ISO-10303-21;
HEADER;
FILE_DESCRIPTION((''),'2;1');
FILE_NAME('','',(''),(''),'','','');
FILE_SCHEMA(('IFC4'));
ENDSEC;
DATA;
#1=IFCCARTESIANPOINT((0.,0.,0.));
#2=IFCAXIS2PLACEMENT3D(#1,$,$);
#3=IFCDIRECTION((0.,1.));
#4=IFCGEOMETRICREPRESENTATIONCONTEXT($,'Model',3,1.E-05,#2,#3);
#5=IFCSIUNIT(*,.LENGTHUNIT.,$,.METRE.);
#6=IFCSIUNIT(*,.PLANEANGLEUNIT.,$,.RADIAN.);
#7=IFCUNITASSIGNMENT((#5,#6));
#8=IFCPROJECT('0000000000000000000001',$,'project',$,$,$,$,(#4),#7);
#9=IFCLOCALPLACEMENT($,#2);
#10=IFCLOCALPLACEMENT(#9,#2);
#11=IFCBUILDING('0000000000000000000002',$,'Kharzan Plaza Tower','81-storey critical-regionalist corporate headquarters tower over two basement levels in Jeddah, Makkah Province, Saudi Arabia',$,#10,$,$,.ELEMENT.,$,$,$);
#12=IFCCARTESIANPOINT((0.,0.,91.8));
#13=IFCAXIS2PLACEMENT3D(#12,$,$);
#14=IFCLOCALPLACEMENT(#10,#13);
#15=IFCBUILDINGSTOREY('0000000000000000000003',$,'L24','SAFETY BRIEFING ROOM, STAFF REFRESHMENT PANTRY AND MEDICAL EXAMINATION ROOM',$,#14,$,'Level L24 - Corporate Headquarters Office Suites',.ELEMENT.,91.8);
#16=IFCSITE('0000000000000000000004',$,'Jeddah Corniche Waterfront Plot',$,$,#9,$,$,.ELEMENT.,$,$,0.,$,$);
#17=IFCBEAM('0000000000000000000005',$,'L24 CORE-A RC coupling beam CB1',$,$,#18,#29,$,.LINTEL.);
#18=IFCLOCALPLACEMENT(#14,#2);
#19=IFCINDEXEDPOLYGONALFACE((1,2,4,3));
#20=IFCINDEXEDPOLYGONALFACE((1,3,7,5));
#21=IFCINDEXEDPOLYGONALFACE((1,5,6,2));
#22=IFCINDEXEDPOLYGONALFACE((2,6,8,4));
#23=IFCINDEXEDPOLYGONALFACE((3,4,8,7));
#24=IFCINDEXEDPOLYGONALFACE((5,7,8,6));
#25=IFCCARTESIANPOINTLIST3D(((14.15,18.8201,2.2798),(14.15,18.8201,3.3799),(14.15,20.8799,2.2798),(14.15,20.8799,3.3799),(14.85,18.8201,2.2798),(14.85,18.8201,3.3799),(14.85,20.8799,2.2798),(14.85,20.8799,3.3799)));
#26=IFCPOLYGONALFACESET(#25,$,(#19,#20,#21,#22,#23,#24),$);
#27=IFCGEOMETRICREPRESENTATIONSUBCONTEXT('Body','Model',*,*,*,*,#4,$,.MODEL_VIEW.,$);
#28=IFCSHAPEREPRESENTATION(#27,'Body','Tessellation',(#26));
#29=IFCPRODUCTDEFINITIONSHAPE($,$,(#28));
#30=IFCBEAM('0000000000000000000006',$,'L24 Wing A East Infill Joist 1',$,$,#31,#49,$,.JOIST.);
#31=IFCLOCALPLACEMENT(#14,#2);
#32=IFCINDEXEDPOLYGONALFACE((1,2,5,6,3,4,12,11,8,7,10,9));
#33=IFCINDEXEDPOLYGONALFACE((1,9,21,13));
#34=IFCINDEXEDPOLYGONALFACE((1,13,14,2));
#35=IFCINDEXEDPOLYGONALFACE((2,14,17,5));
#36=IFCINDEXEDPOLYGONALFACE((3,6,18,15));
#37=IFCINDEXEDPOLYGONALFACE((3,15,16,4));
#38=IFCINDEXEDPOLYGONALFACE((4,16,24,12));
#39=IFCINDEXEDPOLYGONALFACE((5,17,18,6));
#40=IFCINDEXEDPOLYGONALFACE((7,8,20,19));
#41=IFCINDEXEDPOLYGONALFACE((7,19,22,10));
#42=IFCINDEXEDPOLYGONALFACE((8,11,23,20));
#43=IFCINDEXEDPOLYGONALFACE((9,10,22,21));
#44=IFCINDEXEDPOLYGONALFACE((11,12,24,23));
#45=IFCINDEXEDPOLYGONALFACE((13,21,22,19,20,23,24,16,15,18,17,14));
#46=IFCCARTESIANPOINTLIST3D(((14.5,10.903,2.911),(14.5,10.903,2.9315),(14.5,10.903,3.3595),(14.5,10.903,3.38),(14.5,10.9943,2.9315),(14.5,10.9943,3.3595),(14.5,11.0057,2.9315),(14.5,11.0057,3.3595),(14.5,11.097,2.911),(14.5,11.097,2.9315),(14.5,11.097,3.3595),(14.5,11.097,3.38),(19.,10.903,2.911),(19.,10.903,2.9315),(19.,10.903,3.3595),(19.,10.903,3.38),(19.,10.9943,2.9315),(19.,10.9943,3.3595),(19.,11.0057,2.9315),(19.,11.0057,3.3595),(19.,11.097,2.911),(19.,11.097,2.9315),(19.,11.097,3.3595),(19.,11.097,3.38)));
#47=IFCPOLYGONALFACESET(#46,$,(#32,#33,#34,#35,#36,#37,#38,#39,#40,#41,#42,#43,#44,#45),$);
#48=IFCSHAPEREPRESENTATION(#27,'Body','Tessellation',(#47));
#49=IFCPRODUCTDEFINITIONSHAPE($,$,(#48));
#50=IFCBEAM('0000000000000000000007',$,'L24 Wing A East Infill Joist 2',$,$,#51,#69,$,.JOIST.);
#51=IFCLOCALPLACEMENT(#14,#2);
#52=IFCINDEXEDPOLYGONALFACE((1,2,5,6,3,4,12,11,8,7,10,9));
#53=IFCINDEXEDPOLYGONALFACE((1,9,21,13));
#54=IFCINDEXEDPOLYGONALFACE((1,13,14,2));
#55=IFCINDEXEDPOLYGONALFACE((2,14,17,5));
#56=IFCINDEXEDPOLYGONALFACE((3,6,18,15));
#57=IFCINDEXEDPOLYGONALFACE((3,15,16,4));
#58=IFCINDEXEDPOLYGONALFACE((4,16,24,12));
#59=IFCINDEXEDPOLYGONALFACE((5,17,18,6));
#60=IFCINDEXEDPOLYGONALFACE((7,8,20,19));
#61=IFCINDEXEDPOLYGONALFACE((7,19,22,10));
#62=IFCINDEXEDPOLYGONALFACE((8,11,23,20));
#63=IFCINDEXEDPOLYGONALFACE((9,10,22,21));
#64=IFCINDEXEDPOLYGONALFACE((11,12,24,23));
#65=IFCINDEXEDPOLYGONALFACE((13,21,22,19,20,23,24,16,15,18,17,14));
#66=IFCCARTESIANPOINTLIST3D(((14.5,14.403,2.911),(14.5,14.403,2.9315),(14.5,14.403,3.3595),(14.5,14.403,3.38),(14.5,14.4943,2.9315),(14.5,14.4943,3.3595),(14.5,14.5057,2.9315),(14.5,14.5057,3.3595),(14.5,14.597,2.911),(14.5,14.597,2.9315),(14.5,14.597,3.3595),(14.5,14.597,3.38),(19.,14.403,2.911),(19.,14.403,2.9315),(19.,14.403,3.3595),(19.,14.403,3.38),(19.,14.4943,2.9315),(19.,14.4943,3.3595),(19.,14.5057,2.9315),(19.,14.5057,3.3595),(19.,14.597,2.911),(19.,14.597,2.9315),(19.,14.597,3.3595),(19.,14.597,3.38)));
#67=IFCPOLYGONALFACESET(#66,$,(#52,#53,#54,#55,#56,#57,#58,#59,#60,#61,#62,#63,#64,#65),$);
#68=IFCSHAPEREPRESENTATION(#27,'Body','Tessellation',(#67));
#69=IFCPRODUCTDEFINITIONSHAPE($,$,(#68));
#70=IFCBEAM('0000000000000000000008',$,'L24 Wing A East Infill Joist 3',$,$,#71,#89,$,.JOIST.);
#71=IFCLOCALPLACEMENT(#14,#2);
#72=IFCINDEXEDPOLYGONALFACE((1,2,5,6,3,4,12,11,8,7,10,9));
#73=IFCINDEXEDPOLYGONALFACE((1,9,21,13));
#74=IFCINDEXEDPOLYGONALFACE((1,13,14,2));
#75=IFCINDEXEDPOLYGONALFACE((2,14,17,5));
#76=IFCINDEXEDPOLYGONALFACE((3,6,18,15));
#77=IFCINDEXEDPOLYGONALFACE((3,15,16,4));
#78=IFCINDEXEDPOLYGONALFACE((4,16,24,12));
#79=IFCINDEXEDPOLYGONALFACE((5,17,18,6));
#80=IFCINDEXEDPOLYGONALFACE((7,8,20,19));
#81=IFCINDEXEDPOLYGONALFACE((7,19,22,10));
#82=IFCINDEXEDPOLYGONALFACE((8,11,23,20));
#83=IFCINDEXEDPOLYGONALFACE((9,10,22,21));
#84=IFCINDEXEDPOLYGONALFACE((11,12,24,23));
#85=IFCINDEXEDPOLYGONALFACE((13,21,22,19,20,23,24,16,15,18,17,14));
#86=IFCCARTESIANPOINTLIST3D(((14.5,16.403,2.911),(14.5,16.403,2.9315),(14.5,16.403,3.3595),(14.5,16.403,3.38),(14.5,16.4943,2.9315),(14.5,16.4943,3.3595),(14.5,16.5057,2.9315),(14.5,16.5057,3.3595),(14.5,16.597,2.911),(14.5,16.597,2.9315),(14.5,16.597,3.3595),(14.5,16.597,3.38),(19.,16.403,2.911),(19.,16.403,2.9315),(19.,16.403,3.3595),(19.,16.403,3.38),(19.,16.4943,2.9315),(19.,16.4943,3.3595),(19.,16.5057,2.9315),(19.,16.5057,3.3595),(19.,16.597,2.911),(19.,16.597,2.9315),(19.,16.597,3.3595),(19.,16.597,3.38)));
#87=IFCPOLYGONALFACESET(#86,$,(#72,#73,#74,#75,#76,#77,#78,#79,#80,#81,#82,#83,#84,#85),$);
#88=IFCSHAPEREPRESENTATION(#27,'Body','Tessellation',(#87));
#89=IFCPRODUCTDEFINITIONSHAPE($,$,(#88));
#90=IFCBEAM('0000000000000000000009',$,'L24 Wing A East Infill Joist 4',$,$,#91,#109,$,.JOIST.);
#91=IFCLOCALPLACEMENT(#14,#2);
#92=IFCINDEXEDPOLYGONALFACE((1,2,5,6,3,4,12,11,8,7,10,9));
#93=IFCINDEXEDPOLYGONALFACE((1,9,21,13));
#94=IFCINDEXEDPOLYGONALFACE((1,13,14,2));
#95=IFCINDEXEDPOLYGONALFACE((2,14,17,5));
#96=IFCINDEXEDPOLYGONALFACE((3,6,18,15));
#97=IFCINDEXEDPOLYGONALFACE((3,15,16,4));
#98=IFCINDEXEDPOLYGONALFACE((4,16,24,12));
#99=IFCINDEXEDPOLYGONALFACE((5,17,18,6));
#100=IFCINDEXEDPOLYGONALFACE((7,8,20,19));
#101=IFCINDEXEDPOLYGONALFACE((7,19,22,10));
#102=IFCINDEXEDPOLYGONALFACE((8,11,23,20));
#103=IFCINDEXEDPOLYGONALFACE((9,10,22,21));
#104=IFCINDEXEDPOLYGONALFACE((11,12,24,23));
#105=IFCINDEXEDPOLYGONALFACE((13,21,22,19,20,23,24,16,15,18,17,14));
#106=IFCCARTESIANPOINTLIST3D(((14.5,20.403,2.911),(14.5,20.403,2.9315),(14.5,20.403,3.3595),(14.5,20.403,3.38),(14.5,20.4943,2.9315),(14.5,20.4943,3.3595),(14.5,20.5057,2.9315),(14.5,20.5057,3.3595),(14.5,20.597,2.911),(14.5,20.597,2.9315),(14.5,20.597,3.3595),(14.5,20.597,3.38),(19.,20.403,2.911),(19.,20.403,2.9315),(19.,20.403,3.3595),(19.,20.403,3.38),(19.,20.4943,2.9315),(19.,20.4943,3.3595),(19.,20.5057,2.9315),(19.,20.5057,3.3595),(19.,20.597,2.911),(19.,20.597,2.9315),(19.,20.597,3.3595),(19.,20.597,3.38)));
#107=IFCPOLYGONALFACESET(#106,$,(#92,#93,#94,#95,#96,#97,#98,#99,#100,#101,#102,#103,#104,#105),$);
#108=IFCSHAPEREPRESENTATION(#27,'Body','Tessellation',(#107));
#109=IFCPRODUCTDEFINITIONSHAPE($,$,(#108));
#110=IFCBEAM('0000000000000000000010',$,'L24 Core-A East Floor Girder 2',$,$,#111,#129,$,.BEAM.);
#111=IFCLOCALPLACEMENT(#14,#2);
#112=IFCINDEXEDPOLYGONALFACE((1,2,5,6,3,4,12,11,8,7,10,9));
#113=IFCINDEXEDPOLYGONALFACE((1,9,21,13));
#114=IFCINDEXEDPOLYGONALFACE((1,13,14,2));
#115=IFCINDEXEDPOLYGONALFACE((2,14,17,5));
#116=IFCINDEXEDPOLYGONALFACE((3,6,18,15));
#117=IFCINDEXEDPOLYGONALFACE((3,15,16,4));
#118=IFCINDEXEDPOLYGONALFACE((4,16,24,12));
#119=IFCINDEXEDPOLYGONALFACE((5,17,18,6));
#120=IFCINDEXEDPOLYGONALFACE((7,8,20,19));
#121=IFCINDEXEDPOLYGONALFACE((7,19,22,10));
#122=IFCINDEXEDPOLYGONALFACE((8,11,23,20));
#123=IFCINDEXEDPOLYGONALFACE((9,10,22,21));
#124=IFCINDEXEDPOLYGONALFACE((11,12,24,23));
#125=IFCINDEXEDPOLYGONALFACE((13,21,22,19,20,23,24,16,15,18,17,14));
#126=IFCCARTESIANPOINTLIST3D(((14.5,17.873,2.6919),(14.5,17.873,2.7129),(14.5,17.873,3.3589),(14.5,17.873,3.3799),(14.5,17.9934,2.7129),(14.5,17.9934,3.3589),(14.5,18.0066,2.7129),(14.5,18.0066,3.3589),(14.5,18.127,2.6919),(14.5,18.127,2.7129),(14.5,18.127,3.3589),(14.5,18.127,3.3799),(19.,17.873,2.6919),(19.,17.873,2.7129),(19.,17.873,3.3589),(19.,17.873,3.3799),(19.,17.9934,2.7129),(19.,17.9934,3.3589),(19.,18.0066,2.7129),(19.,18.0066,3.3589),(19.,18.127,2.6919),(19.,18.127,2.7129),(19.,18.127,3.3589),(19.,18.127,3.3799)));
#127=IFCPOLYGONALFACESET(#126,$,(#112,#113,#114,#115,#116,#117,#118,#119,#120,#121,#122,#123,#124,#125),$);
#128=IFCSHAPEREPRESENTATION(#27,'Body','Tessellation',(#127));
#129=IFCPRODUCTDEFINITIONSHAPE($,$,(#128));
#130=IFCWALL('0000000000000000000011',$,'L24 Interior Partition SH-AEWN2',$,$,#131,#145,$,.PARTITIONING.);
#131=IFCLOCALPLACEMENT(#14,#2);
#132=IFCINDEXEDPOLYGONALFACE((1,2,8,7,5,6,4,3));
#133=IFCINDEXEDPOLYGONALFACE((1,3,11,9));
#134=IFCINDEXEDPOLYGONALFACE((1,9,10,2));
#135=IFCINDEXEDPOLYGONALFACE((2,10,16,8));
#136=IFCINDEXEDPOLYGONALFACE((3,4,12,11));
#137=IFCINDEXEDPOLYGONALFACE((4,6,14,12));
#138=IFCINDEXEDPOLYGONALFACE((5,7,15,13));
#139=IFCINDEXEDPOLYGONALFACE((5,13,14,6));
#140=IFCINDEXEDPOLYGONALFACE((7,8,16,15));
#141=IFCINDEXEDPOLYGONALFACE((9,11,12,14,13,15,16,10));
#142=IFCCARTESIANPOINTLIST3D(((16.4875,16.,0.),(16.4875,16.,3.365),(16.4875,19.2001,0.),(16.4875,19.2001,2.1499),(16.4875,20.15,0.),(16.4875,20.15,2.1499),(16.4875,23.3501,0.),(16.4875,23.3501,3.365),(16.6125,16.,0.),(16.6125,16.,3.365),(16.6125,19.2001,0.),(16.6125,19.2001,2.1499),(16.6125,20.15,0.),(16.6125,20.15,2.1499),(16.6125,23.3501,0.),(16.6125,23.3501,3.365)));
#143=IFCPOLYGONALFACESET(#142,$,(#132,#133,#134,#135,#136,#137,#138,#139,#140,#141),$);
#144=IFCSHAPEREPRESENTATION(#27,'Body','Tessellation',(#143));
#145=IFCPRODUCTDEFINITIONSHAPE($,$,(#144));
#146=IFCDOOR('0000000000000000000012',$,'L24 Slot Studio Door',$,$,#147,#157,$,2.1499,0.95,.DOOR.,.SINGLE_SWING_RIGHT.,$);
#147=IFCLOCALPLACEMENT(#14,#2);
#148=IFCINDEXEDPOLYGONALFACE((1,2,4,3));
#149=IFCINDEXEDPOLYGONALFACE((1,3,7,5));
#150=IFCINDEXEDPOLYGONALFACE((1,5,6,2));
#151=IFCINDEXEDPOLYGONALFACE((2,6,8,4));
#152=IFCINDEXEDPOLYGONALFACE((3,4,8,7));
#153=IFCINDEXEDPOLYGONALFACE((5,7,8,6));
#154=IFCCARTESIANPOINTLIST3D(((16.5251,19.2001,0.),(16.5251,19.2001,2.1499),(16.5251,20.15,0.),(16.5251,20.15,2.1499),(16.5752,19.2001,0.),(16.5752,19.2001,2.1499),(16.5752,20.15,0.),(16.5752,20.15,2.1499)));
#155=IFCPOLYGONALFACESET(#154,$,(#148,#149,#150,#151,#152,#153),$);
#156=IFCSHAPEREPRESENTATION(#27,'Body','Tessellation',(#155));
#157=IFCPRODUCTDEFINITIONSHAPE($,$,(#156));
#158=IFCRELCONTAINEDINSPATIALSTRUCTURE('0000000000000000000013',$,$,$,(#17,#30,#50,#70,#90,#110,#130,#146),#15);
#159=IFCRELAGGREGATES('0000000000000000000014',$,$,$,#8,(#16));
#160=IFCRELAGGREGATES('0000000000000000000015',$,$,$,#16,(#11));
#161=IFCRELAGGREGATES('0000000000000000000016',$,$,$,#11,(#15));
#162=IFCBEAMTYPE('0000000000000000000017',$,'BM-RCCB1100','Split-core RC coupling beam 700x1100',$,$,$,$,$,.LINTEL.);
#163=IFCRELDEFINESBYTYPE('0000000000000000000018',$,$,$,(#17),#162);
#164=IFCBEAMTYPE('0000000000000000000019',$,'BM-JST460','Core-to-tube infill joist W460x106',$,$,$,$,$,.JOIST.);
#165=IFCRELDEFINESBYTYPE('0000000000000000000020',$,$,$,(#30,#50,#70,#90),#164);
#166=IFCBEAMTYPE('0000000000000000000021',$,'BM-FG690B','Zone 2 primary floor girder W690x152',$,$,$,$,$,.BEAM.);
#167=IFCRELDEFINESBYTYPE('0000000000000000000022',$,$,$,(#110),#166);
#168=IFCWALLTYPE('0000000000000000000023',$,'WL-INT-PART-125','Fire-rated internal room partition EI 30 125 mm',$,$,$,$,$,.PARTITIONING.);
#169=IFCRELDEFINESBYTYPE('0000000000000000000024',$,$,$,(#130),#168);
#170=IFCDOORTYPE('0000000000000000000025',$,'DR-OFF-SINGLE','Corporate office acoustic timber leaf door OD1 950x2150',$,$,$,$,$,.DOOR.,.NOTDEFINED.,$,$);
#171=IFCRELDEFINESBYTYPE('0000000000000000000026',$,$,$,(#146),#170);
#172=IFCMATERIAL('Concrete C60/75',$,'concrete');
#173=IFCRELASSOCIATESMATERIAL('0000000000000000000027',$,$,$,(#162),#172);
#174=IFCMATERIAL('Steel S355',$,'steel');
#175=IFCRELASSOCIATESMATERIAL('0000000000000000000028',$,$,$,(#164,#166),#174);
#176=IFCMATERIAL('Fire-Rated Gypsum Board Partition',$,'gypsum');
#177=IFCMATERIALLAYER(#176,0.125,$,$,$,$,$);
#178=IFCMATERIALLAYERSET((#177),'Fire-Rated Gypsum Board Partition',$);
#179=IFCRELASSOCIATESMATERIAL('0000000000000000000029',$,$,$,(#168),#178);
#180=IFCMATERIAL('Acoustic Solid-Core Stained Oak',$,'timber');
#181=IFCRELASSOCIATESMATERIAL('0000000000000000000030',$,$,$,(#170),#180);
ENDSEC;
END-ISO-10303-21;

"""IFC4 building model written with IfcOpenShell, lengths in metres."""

from ifc_helpers import new_model, si_unit, direction, frame, frame_2d, origin, origin_2d, place, context, subcontext, project, spatial, rectangle, i_section, extrude, source, transform, mapped, material, layer, layer_set, material_profile, profile_set, type_object, element, fill, save


model = new_model("IFC4")

# Units and contexts
model_context = context("Model", 3, precision=1e-05, world=origin(), true_north=direction((0.0, 1.0)))
body_context = subcontext(model_context, "Body", "Model", "MODEL_VIEW")
ifc_project = project(units=[si_unit("LENGTHUNIT", "METRE"), si_unit("PLANEANGLEUNIT", "RADIAN")], contexts=[model_context])

# Site, building, storey
site_placement = place(None, origin())
site = spatial("IfcSite", under=ifc_project, at=site_placement, Name="Jeddah Corniche Waterfront Plot", CompositionType="ELEMENT", RefElevation=0.0)
building_placement = place(site_placement, origin())
building = spatial("IfcBuilding", under=site, at=building_placement, Name="Kharzan Plaza Tower", Description="81-storey critical-regionalist corporate headquarters tower over two basement levels in Jeddah, Makkah Province, Saudi Arabia", CompositionType="ELEMENT")
storey_placement = place(building_placement, frame((0.0, 0.0, 91.8)))
storey = spatial("IfcBuildingStorey", under=building, at=storey_placement, Name="L24", Description="SAFETY BRIEFING ROOM, STAFF REFRESHMENT PANTRY AND MEDICAL EXAMINATION ROOM", LongName="Level L24 - Corporate Headquarters Office Suites", CompositionType="ELEMENT", Elevation=91.8)

# Beams
ifc_material_1 = material(Name="Concrete C60/75", Category="concrete")
ifc_material_profile_1 = material_profile(ifc_material_1, rectangle(XDim=0.7, YDim=1.1001, at=origin_2d()), Name="RC-CB1100x700")
ifc_profile_set_1 = profile_set([ifc_material_profile_1], Name="Concrete C60/75")
beam_type_1 = type_object("IfcBeamType", Name="BM-RCCB1100", Description="Split-core RC coupling beam 700x1100", PredefinedType="LINTEL", material=ifc_profile_set_1)
shared_shape_1 = source(origin(), body_context, "Body", "SweptSolid", [
    extrude(rectangle(XDim=0.7, YDim=1.1001, at=origin_2d()), origin(), (0.0, 0.0, 1.0), 2.0598),
])
beam_1_placement = place(storey_placement, frame((14.5, 18.8201, 2.8298), z_axis=(0.0, 1.0, 0.0), x_axis=(-1.0, 0.0, 0.0)))
element("IfcBeam", 1, at=beam_1_placement, inside=storey, type_object=beam_type_1, Name="L24 CORE-A RC coupling beam CB1", PredefinedType="LINTEL", context=body_context, shape_type="MappedRepresentation", body=[
    mapped(shared_shape_1, transform((0.0, 0.0, 0.0), x_axis=(1.0, 0.0, 0.0), y_axis=(0.0, 1.0, 0.0), z_axis=(0.0, 0.0, 1.0))),
])
ifc_material_2 = material(Name="Steel S355", Category="steel")
ifc_material_profile_2 = material_profile(ifc_material_2, i_section(OverallWidth=0.1941, OverallDepth=0.469, WebThickness=0.0115, FlangeThickness=0.0205, at=origin_2d()), Name="W460x106")
ifc_profile_set_2 = profile_set([ifc_material_profile_2], Name="Steel S355")
beam_type_2 = type_object("IfcBeamType", Name="BM-JST460", Description="Core-to-tube infill joist W460x106", PredefinedType="JOIST", material=ifc_profile_set_2)
shared_shape_2 = source(origin(), body_context, "Body", "SweptSolid", [
    extrude(i_section(OverallWidth=0.1941, OverallDepth=0.469, WebThickness=0.0115, FlangeThickness=0.0205, at=origin_2d()), origin(), (0.0, 0.0, 1.0), 4.5),
])
for number, where, z_axis, x_axis, name in (
    (2, (14.5, 11.0, 3.1455), (1.0, 0.0, 0.0), (0.0, 1.0, 0.0), "L24 Wing A East Infill Joist 1"),
    (3, (14.5, 14.5, 3.1455), (1.0, 0.0, 0.0), (0.0, 1.0, 0.0), "L24 Wing A East Infill Joist 2"),
    (4, (14.5, 16.5, 3.1455), (1.0, 0.0, 0.0), (0.0, 1.0, 0.0), "L24 Wing A East Infill Joist 3"),
    (5, (14.5, 20.5, 3.1455), (1.0, 0.0, 0.0), (0.0, 1.0, 0.0), "L24 Wing A East Infill Joist 4"),
):
    element("IfcBeam", number, at=place(storey_placement, frame(where, z_axis=z_axis, x_axis=x_axis)), inside=storey, type_object=beam_type_2, Name=name, PredefinedType="JOIST", context=body_context, shape_type="MappedRepresentation", body=[
        mapped(shared_shape_2, transform((0.0, 0.0, 0.0), x_axis=(1.0, 0.0, 0.0), y_axis=(0.0, 1.0, 0.0), z_axis=(0.0, 0.0, 1.0))),
    ])
ifc_material_profile_3 = material_profile(ifc_material_2, i_section(OverallWidth=0.2539, OverallDepth=0.688, WebThickness=0.0132, FlangeThickness=0.021, at=origin_2d()), Name="W690x152")
ifc_profile_set_3 = profile_set([ifc_material_profile_3], Name="Steel S355")
beam_type_3 = type_object("IfcBeamType", Name="BM-FG690B", Description="Zone 2 primary floor girder W690x152", PredefinedType="BEAM", material=ifc_profile_set_3)
shared_shape_3 = source(origin(), body_context, "Body", "SweptSolid", [
    extrude(i_section(OverallWidth=0.2539, OverallDepth=0.688, WebThickness=0.0132, FlangeThickness=0.021, at=origin_2d()), origin(), (0.0, 0.0, 1.0), 4.5),
])
beam_2_placement = place(storey_placement, frame((14.5, 18.0, 3.0359), z_axis=(1.0, 0.0, 0.0), x_axis=(0.0, 1.0, 0.0)))
element("IfcBeam", 6, at=beam_2_placement, inside=storey, type_object=beam_type_3, Name="L24 Core-A East Floor Girder 2", PredefinedType="BEAM", context=body_context, shape_type="MappedRepresentation", body=[
    mapped(shared_shape_3, transform((0.0, 0.0, 0.0), x_axis=(1.0, 0.0, 0.0), y_axis=(0.0, 1.0, 0.0), z_axis=(0.0, 0.0, 1.0))),
])

# Wall, opening, door
ifc_material_3 = material(Name="Fire-Rated Gypsum Board Partition", Category="gypsum")
ifc_layer_1 = layer(ifc_material_3, 0.125)
ifc_layer_set_1 = layer_set([ifc_layer_1], Name="Fire-Rated Gypsum Board Partition")
wall_type_1 = type_object("IfcWallType", Name="WL-INT-PART-125", Description="Fire-rated internal room partition EI 30 125 mm", PredefinedType="PARTITIONING", material=ifc_layer_set_1)
ifc_material_4 = material(Name="Acoustic Solid-Core Stained Oak", Category="timber")
door_type_1 = type_object("IfcDoorType", Name="DR-OFF-SINGLE", Description="Corporate office acoustic timber leaf door OD1 950x2150", OperationType="NOTDEFINED", PredefinedType="DOOR", material=ifc_material_4)
shared_shape_4 = source(origin(), body_context, "Body", "SweptSolid", [
    extrude(rectangle(XDim=0.95, YDim=2.1499, at=frame_2d((0.4751, 1.075))), frame((0.0, 0.0249, 0.0), z_axis=(0.0, -1.0, 0.0), x_axis=(1.0, 0.0, 0.0)), (0.0, 0.0, 1.0), 0.05),
])
wall_1_placement = place(storey_placement, frame((16.55, 16.0, 0.0), z_axis=(0.0, 0.0, 1.0), x_axis=(0.0, 1.0, 0.0)))
wall_1 = element("IfcWall", 7, at=wall_1_placement, inside=storey, type_object=wall_type_1, Name="L24 Interior Partition SH-AEWN2", PredefinedType="PARTITIONING", context=body_context, shape_type="SweptSolid", body=[
    extrude(rectangle(XDim=7.3501, YDim=0.125, at=frame_2d((3.675, 0.0))), origin(), (0.0, 0.0, 1.0), 3.365),
])
opening_1_placement = place(wall_1_placement, frame((3.2, 0.0, 0.0)))
opening_1 = element("IfcOpeningElement", 8, at=opening_1_placement, cuts=wall_1, PredefinedType="OPENING", context=body_context, shape_type="SweptSolid", body=[
    extrude(rectangle(XDim=0.95, YDim=2.1499, at=frame_2d((0.4751, 1.075))), frame((0.0, 0.0725, 0.0), z_axis=(0.0, -1.0, 0.0), x_axis=(1.0, 0.0, 0.0)), (0.0, 0.0, 1.0), 0.145),
])
door_1_placement = place(opening_1_placement, origin())
door_1 = element("IfcDoor", 9, at=door_1_placement, inside=storey, type_object=door_type_1, Name="L24 Slot Studio Door", OperationType="SINGLE_SWING_RIGHT", OverallHeight=2.1499, OverallWidth=0.95, PredefinedType="DOOR", context=body_context, shape_type="MappedRepresentation", body=[
    mapped(shared_shape_4, transform((0.0, 0.0, 0.0), x_axis=(1.0, 0.0, 0.0), y_axis=(0.0, 1.0, 0.0), z_axis=(0.0, 0.0, 1.0))),
])
fill(opening_1, door_1)

save(model, "model.ifc")
